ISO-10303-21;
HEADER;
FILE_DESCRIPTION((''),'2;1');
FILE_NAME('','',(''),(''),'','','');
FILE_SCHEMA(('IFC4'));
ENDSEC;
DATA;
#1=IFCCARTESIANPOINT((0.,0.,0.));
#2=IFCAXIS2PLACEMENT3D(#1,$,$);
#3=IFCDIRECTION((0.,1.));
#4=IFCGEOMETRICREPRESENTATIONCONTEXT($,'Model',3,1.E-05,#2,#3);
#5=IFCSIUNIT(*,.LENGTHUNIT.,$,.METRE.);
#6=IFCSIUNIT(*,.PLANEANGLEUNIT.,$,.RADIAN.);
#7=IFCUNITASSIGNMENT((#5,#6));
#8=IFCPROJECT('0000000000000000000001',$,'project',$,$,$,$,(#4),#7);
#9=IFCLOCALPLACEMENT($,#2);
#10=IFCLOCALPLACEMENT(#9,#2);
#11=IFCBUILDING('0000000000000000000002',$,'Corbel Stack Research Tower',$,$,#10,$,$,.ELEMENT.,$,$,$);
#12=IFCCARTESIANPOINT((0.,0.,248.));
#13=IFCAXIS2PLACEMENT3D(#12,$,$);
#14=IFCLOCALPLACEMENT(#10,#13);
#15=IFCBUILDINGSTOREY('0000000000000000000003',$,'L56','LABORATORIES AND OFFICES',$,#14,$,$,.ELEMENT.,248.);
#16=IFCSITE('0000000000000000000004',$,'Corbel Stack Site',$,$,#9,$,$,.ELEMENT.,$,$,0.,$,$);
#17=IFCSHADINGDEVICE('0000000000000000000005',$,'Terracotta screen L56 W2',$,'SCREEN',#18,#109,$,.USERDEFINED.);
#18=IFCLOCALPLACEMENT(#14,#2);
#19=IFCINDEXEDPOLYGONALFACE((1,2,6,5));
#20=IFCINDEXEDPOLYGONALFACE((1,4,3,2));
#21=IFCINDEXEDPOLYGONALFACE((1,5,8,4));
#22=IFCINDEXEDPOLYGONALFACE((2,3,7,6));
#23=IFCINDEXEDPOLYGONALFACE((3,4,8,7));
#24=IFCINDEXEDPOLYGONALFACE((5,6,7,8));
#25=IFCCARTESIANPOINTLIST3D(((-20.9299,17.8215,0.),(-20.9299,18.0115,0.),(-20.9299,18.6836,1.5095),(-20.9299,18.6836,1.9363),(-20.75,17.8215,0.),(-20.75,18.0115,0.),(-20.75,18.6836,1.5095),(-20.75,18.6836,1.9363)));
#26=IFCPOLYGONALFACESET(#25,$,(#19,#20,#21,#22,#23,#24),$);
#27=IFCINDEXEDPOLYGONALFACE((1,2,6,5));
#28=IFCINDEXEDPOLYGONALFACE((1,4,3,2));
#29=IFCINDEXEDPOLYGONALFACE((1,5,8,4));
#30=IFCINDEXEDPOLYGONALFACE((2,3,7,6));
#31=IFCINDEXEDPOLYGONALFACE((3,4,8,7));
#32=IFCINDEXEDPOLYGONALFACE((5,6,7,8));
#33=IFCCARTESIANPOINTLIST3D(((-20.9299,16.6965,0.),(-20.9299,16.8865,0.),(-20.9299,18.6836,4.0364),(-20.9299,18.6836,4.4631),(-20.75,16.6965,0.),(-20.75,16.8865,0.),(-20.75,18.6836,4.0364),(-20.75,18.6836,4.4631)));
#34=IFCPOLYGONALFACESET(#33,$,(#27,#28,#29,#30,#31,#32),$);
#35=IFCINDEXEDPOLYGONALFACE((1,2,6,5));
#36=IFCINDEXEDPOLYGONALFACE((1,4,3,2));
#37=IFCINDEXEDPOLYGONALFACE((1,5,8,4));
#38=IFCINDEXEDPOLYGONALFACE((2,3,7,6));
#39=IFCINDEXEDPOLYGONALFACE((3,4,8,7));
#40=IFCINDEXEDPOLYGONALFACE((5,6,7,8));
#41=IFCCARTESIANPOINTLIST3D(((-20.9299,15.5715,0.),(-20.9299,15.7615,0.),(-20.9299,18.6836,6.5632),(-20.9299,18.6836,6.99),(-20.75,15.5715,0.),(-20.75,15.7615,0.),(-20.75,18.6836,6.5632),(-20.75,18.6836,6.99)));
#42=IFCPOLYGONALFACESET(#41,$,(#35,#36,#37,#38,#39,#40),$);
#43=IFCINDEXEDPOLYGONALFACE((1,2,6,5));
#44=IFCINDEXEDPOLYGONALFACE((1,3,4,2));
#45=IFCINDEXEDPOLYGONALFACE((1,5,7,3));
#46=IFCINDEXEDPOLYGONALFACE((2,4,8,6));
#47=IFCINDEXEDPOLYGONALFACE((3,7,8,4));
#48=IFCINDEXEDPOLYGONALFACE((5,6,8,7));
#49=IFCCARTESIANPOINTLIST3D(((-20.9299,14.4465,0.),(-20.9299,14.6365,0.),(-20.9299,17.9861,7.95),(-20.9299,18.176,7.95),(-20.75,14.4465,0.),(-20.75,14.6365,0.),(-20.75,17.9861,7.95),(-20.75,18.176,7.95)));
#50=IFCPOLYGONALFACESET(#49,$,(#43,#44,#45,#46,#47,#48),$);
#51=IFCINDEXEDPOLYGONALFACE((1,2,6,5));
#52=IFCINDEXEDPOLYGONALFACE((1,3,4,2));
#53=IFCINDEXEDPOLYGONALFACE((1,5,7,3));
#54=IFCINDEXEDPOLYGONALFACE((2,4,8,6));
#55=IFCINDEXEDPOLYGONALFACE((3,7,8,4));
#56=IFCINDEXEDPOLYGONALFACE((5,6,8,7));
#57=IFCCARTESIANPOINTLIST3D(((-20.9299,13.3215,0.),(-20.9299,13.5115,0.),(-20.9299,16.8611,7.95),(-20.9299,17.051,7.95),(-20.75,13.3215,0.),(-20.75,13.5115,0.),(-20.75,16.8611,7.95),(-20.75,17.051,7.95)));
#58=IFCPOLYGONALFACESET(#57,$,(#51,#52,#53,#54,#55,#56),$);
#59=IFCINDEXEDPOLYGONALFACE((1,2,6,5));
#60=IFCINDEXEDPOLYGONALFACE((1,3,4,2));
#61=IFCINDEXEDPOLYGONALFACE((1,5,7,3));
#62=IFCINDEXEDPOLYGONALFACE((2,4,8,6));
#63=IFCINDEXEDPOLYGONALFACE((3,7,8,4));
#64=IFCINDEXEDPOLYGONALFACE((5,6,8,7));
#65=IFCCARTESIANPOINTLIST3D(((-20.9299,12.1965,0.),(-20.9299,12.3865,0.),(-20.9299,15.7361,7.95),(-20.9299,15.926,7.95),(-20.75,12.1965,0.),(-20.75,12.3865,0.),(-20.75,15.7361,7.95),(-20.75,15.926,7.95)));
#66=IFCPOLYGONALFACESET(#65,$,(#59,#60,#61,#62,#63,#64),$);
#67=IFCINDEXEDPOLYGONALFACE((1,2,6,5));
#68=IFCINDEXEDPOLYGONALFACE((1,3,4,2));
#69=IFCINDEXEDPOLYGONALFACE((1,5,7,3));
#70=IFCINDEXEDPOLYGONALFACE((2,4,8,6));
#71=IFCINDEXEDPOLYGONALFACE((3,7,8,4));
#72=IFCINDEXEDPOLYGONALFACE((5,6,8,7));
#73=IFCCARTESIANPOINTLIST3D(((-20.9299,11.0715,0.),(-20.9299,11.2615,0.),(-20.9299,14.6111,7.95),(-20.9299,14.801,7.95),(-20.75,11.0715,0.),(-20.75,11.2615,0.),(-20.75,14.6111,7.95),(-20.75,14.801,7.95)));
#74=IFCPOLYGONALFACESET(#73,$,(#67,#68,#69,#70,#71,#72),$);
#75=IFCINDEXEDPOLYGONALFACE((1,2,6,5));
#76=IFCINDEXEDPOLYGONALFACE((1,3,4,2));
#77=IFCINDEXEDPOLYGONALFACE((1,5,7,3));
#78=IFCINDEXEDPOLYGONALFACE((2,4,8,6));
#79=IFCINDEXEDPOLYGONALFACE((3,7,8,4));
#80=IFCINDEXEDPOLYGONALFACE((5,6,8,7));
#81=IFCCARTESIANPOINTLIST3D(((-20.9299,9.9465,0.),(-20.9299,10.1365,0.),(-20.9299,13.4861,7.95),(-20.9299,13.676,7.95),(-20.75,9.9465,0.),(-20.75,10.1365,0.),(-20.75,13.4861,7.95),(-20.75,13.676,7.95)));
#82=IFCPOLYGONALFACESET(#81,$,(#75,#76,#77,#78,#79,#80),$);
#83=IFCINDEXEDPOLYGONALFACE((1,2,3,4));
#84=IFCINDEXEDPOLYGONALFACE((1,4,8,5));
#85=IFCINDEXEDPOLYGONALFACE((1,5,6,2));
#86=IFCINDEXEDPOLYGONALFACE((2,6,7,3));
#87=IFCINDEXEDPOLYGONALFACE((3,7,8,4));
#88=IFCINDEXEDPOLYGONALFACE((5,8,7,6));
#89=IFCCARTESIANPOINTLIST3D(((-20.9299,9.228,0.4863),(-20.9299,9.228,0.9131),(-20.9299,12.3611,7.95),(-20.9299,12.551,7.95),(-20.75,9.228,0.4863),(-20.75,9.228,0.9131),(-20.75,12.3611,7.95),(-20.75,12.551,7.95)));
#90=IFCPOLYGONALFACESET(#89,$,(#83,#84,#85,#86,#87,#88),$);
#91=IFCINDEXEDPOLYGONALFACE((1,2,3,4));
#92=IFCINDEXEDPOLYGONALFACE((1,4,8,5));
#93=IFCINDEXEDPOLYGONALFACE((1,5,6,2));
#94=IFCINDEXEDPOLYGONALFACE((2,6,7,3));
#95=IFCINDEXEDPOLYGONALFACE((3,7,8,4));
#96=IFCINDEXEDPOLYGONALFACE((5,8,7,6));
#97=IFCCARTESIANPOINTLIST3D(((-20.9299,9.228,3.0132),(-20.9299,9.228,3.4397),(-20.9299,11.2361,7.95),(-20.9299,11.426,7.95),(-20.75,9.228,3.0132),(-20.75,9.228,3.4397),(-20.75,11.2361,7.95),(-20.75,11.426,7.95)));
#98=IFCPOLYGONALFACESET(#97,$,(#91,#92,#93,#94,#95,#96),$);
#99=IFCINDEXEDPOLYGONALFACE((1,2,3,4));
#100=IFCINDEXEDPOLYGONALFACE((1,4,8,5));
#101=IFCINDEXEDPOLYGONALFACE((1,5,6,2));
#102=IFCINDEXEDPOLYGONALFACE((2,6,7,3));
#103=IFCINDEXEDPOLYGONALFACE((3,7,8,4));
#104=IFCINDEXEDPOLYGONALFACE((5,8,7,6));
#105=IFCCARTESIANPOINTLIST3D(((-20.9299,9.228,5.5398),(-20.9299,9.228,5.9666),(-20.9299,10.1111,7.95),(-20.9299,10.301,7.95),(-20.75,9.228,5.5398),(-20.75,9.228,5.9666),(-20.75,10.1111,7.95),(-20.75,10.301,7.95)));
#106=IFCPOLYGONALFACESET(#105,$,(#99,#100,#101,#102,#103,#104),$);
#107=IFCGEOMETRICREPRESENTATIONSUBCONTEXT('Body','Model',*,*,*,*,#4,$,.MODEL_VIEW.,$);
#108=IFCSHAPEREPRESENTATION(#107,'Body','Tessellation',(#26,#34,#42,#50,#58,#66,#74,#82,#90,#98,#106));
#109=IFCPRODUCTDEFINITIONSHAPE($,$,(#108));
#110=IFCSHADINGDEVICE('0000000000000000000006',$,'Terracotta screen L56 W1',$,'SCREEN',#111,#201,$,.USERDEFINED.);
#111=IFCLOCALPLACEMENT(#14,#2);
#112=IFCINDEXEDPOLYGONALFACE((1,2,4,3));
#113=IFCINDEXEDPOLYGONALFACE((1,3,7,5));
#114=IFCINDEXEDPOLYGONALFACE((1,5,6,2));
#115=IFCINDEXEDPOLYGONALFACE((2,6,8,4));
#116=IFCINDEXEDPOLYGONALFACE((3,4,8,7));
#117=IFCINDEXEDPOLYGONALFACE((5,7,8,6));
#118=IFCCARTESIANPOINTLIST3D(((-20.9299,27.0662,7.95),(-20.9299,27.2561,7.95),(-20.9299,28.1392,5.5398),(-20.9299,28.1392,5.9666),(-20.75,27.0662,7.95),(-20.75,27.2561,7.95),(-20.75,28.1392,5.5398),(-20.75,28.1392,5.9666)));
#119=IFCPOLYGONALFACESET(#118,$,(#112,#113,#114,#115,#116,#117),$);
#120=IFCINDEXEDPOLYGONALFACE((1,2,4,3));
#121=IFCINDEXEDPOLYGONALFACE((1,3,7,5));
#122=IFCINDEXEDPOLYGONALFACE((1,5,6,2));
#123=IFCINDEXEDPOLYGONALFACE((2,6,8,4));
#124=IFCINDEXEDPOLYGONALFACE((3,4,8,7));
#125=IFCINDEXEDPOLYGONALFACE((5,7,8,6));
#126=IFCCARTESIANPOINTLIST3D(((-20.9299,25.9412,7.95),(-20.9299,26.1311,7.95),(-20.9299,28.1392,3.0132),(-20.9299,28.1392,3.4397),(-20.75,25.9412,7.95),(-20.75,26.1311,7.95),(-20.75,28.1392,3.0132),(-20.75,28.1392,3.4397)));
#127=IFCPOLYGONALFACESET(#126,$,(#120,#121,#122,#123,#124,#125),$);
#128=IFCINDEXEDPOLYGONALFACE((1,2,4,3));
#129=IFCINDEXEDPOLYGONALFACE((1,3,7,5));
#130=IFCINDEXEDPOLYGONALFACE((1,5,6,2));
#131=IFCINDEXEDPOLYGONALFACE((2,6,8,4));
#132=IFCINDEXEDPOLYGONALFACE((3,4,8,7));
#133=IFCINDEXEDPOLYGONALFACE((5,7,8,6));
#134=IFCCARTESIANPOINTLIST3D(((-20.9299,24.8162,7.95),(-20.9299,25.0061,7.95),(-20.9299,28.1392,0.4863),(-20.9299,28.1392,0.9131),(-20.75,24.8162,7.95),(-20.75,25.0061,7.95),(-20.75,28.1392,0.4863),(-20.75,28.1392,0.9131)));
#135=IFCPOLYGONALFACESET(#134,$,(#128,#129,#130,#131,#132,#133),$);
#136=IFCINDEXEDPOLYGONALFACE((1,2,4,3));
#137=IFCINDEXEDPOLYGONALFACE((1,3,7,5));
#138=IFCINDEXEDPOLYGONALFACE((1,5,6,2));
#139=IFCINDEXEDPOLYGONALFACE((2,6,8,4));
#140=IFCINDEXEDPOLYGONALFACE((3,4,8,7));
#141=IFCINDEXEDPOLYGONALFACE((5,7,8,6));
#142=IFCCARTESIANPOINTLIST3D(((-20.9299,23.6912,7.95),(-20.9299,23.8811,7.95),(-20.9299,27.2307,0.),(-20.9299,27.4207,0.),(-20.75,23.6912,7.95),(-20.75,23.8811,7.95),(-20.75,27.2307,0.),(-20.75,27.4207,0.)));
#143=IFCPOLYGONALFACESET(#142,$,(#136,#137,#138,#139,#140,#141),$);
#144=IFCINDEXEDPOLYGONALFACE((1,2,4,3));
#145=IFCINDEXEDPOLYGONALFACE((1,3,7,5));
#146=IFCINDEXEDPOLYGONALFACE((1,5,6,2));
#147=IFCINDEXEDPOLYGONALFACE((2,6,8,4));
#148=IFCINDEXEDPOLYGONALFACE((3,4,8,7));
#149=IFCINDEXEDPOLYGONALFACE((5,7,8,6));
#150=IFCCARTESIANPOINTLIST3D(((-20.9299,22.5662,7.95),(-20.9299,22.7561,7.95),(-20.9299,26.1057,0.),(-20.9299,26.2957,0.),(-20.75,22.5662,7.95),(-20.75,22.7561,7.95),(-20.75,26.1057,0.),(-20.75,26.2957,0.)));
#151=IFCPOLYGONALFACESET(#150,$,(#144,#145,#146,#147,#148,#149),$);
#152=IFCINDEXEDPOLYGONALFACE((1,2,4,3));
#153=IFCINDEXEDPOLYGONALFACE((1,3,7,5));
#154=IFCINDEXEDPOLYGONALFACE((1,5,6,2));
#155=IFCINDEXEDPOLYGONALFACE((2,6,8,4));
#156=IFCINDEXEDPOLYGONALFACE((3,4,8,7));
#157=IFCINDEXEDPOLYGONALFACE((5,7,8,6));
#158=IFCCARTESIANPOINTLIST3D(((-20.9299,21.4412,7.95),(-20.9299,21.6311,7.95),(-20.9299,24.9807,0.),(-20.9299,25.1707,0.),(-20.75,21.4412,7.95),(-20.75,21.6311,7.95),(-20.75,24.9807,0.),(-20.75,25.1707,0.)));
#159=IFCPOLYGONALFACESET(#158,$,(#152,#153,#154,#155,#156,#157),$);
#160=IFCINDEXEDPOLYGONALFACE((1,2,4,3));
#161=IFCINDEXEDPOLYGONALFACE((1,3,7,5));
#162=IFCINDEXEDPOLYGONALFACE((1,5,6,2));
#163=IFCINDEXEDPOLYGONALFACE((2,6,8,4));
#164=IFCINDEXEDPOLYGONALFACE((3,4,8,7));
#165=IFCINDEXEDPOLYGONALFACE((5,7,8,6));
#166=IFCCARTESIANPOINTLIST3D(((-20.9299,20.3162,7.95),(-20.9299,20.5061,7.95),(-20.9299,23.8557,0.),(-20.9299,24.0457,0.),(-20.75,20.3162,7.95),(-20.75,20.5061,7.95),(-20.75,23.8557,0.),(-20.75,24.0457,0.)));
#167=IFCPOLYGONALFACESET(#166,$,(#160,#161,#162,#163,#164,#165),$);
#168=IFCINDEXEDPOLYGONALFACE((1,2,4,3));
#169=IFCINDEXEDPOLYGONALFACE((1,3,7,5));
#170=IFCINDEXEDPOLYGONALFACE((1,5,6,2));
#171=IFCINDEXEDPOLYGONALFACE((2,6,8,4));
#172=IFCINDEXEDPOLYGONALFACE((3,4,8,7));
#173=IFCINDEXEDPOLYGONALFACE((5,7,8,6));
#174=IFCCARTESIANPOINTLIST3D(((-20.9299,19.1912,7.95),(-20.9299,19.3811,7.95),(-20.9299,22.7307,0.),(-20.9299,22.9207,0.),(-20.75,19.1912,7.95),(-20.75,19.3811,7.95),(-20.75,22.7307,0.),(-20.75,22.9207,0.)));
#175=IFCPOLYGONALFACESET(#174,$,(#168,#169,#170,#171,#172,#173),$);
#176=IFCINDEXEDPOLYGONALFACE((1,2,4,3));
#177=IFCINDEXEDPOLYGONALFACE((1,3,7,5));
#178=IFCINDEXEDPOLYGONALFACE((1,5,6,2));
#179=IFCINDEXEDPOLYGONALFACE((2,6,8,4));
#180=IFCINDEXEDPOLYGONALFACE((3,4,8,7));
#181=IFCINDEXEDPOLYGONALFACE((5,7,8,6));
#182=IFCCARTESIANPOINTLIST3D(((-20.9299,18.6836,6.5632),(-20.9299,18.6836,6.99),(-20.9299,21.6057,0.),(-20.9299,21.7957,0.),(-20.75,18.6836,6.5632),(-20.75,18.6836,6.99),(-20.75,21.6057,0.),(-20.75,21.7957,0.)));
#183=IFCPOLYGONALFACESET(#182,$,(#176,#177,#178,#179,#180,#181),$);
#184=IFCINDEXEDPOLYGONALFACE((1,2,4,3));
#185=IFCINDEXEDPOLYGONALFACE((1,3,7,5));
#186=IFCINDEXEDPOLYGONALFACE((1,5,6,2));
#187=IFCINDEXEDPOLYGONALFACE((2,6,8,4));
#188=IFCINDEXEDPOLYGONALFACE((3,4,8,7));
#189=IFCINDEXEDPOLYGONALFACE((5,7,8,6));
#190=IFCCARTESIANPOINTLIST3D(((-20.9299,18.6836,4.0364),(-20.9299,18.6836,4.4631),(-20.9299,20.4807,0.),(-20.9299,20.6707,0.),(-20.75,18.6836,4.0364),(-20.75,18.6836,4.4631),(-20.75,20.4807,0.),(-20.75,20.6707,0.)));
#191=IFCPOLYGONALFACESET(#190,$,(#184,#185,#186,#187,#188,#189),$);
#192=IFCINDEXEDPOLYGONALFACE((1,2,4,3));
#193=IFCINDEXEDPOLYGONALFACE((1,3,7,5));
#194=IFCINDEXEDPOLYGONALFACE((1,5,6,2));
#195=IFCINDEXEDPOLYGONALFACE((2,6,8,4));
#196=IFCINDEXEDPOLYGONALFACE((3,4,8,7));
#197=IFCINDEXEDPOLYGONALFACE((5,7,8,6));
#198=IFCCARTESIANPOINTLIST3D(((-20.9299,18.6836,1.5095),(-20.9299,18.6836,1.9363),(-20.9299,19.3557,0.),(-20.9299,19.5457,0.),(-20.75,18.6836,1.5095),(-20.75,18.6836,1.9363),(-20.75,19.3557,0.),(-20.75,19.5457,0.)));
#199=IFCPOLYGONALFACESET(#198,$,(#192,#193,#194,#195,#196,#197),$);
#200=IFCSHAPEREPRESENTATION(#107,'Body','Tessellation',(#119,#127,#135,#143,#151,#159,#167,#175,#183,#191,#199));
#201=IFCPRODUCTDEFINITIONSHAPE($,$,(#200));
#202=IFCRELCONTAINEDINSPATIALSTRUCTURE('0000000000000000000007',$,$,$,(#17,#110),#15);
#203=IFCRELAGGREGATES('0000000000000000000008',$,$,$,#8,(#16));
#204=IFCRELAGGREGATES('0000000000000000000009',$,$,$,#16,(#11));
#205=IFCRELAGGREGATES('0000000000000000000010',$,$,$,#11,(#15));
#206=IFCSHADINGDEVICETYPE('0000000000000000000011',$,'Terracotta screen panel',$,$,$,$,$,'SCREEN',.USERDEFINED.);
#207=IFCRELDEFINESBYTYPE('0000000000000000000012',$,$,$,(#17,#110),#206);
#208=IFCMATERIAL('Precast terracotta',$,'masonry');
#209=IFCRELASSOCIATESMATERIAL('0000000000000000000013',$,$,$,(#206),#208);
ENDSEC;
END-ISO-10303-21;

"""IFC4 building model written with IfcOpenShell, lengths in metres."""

from ifc_helpers import new_model, si_unit, direction, frame, origin, place, context, subcontext, project, spatial, polyline, outline, extrude, source, transform, mapped, material, type_object, element, save


model = new_model("IFC4")

# Units and contexts
model_context = context("Model", 3, precision=1e-05, world=origin(), true_north=direction((0.0, 1.0)))
body_context = subcontext(model_context, "Body", "Model", "MODEL_VIEW")
ifc_project = project(units=[si_unit("LENGTHUNIT", "METRE"), si_unit("PLANEANGLEUNIT", "RADIAN")], contexts=[model_context])

# Site, building, storey
site_placement = place(None, origin())
site = spatial("IfcSite", under=ifc_project, at=site_placement, Name="Corbel Stack Site", CompositionType="ELEMENT", RefElevation=0.0)
building_placement = place(site_placement, origin())
building = spatial("IfcBuilding", under=site, at=building_placement, Name="Corbel Stack Research Tower", CompositionType="ELEMENT")
storey_placement = place(building_placement, frame((0.0, 0.0, 248.0)))
storey = spatial("IfcBuildingStorey", under=building, at=storey_placement, Name="L56", Description="LABORATORIES AND OFFICES", CompositionType="ELEMENT", Elevation=248.0)

# Shading devices
ifc_material_1 = material(Name="Precast terracotta", Category="masonry")
shading_device_type = type_object("IfcShadingDeviceType", Name="Terracotta screen panel", ElementType="SCREEN", PredefinedType="USERDEFINED", material=ifc_material_1)
shared_shape_1 = source(origin(), body_context, "Body", "SweptSolid", [
    extrude(outline(polyline([(0.8621, 0.0), (0.0, 1.9363), (0.0, 1.5095), (0.6721, 0.0), (0.8621, 0.0)])), frame((0.0, 0.0, 0.0), z_axis=(0.0, -1.0, 0.0), x_axis=(1.0, 0.0, 0.0)), (0.0, 0.0, 1.0), 0.1799),
    extrude(outline(polyline([(1.9871, 0.0), (0.0, 4.4631), (0.0, 4.0364), (1.7971, 0.0), (1.9871, 0.0)])), frame((0.0, 0.0, 0.0), z_axis=(0.0, -1.0, 0.0), x_axis=(1.0, 0.0, 0.0)), (0.0, 0.0, 1.0), 0.1799),
    extrude(outline(polyline([(3.1121, 0.0), (0.0, 6.99), (0.0, 6.5632), (2.9221, 0.0), (3.1121, 0.0)])), frame((0.0, 0.0, 0.0), z_axis=(0.0, -1.0, 0.0), x_axis=(1.0, 0.0, 0.0)), (0.0, 0.0, 1.0), 0.1799),
    extrude(outline(polyline([(4.2371, 0.0), (0.6975, 7.95), (0.5076, 7.95), (4.0471, 0.0), (4.2371, 0.0)])), frame((0.0, 0.0, 0.0), z_axis=(0.0, -1.0, 0.0), x_axis=(1.0, 0.0, 0.0)), (0.0, 0.0, 1.0), 0.1799),
    extrude(outline(polyline([(5.3621, 0.0), (1.8225, 7.95), (1.6326, 7.95), (5.1721, 0.0), (5.3621, 0.0)])), frame((0.0, 0.0, 0.0), z_axis=(0.0, -1.0, 0.0), x_axis=(1.0, 0.0, 0.0)), (0.0, 0.0, 1.0), 0.1799),
    extrude(outline(polyline([(6.4871, 0.0), (2.9475, 7.95), (2.7576, 7.95), (6.2971, 0.0), (6.4871, 0.0)])), frame((0.0, 0.0, 0.0), z_axis=(0.0, -1.0, 0.0), x_axis=(1.0, 0.0, 0.0)), (0.0, 0.0, 1.0), 0.1799),
    extrude(outline(polyline([(7.6121, 0.0), (4.0725, 7.95), (3.8826, 7.95), (7.4221, 0.0), (7.6121, 0.0)])), frame((0.0, 0.0, 0.0), z_axis=(0.0, -1.0, 0.0), x_axis=(1.0, 0.0, 0.0)), (0.0, 0.0, 1.0), 0.1799),
    extrude(outline(polyline([(8.7371, 0.0), (5.1975, 7.95), (5.0076, 7.95), (8.5471, 0.0), (8.7371, 0.0)])), frame((0.0, 0.0, 0.0), z_axis=(0.0, -1.0, 0.0), x_axis=(1.0, 0.0, 0.0)), (0.0, 0.0, 1.0), 0.1799),
    extrude(outline(polyline([(6.3225, 7.95), (6.1326, 7.95), (9.4556, 0.4863), (9.4556, 0.9131), (6.3225, 7.95)])), frame((0.0, 0.0, 0.0), z_axis=(0.0, -1.0, 0.0), x_axis=(1.0, 0.0, 0.0)), (0.0, 0.0, 1.0), 0.1799),
    extrude(outline(polyline([(7.4475, 7.95), (7.2576, 7.95), (9.4556, 3.0132), (9.4556, 3.4397), (7.4475, 7.95)])), frame((0.0, 0.0, 0.0), z_axis=(0.0, -1.0, 0.0), x_axis=(1.0, 0.0, 0.0)), (0.0, 0.0, 1.0), 0.1799),
    extrude(outline(polyline([(8.5725, 7.95), (8.3826, 7.95), (9.4556, 5.5398), (9.4556, 5.9666), (8.5725, 7.95)])), frame((0.0, 0.0, 0.0), z_axis=(0.0, -1.0, 0.0), x_axis=(1.0, 0.0, 0.0)), (0.0, 0.0, 1.0), 0.1799),
])
shading_device_1_placement = place(storey_placement, frame((-20.75, 18.6836, 0.0), z_axis=(0.0, 0.0, 1.0), x_axis=(0.0, -1.0, 0.0)))
element("IfcShadingDevice", 1, at=shading_device_1_placement, inside=storey, type_object=shading_device_type, Name="Terracotta screen L56 W2", ObjectType="SCREEN", PredefinedType="USERDEFINED", context=body_context, shape_type="MappedRepresentation", body=[
    mapped(shared_shape_1, transform((0.0, 0.0, 0.0))),
])
shared_shape_2 = source(origin(), body_context, "Body", "SweptSolid", [
    extrude(outline(polyline([(1.073, 7.95), (0.8831, 7.95), (0.0, 5.9666), (0.0, 5.5398), (1.073, 7.95)])), frame((0.0, 0.0, 0.0), z_axis=(0.0, -1.0, 0.0), x_axis=(1.0, 0.0, 0.0)), (0.0, 0.0, 1.0), 0.1799),
    extrude(outline(polyline([(2.198, 7.95), (2.0081, 7.95), (0.0, 3.4397), (0.0, 3.0132), (2.198, 7.95)])), frame((0.0, 0.0, 0.0), z_axis=(0.0, -1.0, 0.0), x_axis=(1.0, 0.0, 0.0)), (0.0, 0.0, 1.0), 0.1799),
    extrude(outline(polyline([(3.323, 7.95), (3.1331, 7.95), (0.0, 0.9131), (0.0, 0.4863), (3.323, 7.95)])), frame((0.0, 0.0, 0.0), z_axis=(0.0, -1.0, 0.0), x_axis=(1.0, 0.0, 0.0)), (0.0, 0.0, 1.0), 0.1799),
    extrude(outline(polyline([(0.9084, 0.0), (4.448, 7.95), (4.2581, 7.95), (0.7185, 0.0), (0.9084, 0.0)])), frame((0.0, 0.0, 0.0), z_axis=(0.0, -1.0, 0.0), x_axis=(1.0, 0.0, 0.0)), (0.0, 0.0, 1.0), 0.1799),
    extrude(outline(polyline([(2.0334, 0.0), (5.573, 7.95), (5.3831, 7.95), (1.8435, 0.0), (2.0334, 0.0)])), frame((0.0, 0.0, 0.0), z_axis=(0.0, -1.0, 0.0), x_axis=(1.0, 0.0, 0.0)), (0.0, 0.0, 1.0), 0.1799),
    extrude(outline(polyline([(3.1584, 0.0), (6.698, 7.95), (6.5081, 7.95), (2.9685, 0.0), (3.1584, 0.0)])), frame((0.0, 0.0, 0.0), z_axis=(0.0, -1.0, 0.0), x_axis=(1.0, 0.0, 0.0)), (0.0, 0.0, 1.0), 0.1799),
    extrude(outline(polyline([(4.2834, 0.0), (7.823, 7.95), (7.6331, 7.95), (4.0935, 0.0), (4.2834, 0.0)])), frame((0.0, 0.0, 0.0), z_axis=(0.0, -1.0, 0.0), x_axis=(1.0, 0.0, 0.0)), (0.0, 0.0, 1.0), 0.1799),
    extrude(outline(polyline([(5.4084, 0.0), (8.948, 7.95), (8.7581, 7.95), (5.2185, 0.0), (5.4084, 0.0)])), frame((0.0, 0.0, 0.0), z_axis=(0.0, -1.0, 0.0), x_axis=(1.0, 0.0, 0.0)), (0.0, 0.0, 1.0), 0.1799),
    extrude(outline(polyline([(6.5334, 0.0), (9.4556, 6.5632), (9.4556, 6.99), (6.3435, 0.0), (6.5334, 0.0)])), frame((0.0, 0.0, 0.0), z_axis=(0.0, -1.0, 0.0), x_axis=(1.0, 0.0, 0.0)), (0.0, 0.0, 1.0), 0.1799),
    extrude(outline(polyline([(7.6584, 0.0), (9.4556, 4.0364), (9.4556, 4.4631), (7.4685, 0.0), (7.6584, 0.0)])), frame((0.0, 0.0, 0.0), z_axis=(0.0, -1.0, 0.0), x_axis=(1.0, 0.0, 0.0)), (0.0, 0.0, 1.0), 0.1799),
    extrude(outline(polyline([(8.7834, 0.0), (9.4556, 1.5095), (9.4556, 1.9363), (8.5935, 0.0), (8.7834, 0.0)])), frame((0.0, 0.0, 0.0), z_axis=(0.0, -1.0, 0.0), x_axis=(1.0, 0.0, 0.0)), (0.0, 0.0, 1.0), 0.1799),
])
shading_device_2_placement = place(storey_placement, frame((-20.75, 28.1392, 0.0), z_axis=(0.0, 0.0, 1.0), x_axis=(0.0, -1.0, 0.0)))
element("IfcShadingDevice", 2, at=shading_device_2_placement, inside=storey, type_object=shading_device_type, Name="Terracotta screen L56 W1", ObjectType="SCREEN", PredefinedType="USERDEFINED", context=body_context, shape_type="MappedRepresentation", body=[
    mapped(shared_shape_2, transform((0.0, 0.0, 0.0))),
])

save(model, "model.ifc")
